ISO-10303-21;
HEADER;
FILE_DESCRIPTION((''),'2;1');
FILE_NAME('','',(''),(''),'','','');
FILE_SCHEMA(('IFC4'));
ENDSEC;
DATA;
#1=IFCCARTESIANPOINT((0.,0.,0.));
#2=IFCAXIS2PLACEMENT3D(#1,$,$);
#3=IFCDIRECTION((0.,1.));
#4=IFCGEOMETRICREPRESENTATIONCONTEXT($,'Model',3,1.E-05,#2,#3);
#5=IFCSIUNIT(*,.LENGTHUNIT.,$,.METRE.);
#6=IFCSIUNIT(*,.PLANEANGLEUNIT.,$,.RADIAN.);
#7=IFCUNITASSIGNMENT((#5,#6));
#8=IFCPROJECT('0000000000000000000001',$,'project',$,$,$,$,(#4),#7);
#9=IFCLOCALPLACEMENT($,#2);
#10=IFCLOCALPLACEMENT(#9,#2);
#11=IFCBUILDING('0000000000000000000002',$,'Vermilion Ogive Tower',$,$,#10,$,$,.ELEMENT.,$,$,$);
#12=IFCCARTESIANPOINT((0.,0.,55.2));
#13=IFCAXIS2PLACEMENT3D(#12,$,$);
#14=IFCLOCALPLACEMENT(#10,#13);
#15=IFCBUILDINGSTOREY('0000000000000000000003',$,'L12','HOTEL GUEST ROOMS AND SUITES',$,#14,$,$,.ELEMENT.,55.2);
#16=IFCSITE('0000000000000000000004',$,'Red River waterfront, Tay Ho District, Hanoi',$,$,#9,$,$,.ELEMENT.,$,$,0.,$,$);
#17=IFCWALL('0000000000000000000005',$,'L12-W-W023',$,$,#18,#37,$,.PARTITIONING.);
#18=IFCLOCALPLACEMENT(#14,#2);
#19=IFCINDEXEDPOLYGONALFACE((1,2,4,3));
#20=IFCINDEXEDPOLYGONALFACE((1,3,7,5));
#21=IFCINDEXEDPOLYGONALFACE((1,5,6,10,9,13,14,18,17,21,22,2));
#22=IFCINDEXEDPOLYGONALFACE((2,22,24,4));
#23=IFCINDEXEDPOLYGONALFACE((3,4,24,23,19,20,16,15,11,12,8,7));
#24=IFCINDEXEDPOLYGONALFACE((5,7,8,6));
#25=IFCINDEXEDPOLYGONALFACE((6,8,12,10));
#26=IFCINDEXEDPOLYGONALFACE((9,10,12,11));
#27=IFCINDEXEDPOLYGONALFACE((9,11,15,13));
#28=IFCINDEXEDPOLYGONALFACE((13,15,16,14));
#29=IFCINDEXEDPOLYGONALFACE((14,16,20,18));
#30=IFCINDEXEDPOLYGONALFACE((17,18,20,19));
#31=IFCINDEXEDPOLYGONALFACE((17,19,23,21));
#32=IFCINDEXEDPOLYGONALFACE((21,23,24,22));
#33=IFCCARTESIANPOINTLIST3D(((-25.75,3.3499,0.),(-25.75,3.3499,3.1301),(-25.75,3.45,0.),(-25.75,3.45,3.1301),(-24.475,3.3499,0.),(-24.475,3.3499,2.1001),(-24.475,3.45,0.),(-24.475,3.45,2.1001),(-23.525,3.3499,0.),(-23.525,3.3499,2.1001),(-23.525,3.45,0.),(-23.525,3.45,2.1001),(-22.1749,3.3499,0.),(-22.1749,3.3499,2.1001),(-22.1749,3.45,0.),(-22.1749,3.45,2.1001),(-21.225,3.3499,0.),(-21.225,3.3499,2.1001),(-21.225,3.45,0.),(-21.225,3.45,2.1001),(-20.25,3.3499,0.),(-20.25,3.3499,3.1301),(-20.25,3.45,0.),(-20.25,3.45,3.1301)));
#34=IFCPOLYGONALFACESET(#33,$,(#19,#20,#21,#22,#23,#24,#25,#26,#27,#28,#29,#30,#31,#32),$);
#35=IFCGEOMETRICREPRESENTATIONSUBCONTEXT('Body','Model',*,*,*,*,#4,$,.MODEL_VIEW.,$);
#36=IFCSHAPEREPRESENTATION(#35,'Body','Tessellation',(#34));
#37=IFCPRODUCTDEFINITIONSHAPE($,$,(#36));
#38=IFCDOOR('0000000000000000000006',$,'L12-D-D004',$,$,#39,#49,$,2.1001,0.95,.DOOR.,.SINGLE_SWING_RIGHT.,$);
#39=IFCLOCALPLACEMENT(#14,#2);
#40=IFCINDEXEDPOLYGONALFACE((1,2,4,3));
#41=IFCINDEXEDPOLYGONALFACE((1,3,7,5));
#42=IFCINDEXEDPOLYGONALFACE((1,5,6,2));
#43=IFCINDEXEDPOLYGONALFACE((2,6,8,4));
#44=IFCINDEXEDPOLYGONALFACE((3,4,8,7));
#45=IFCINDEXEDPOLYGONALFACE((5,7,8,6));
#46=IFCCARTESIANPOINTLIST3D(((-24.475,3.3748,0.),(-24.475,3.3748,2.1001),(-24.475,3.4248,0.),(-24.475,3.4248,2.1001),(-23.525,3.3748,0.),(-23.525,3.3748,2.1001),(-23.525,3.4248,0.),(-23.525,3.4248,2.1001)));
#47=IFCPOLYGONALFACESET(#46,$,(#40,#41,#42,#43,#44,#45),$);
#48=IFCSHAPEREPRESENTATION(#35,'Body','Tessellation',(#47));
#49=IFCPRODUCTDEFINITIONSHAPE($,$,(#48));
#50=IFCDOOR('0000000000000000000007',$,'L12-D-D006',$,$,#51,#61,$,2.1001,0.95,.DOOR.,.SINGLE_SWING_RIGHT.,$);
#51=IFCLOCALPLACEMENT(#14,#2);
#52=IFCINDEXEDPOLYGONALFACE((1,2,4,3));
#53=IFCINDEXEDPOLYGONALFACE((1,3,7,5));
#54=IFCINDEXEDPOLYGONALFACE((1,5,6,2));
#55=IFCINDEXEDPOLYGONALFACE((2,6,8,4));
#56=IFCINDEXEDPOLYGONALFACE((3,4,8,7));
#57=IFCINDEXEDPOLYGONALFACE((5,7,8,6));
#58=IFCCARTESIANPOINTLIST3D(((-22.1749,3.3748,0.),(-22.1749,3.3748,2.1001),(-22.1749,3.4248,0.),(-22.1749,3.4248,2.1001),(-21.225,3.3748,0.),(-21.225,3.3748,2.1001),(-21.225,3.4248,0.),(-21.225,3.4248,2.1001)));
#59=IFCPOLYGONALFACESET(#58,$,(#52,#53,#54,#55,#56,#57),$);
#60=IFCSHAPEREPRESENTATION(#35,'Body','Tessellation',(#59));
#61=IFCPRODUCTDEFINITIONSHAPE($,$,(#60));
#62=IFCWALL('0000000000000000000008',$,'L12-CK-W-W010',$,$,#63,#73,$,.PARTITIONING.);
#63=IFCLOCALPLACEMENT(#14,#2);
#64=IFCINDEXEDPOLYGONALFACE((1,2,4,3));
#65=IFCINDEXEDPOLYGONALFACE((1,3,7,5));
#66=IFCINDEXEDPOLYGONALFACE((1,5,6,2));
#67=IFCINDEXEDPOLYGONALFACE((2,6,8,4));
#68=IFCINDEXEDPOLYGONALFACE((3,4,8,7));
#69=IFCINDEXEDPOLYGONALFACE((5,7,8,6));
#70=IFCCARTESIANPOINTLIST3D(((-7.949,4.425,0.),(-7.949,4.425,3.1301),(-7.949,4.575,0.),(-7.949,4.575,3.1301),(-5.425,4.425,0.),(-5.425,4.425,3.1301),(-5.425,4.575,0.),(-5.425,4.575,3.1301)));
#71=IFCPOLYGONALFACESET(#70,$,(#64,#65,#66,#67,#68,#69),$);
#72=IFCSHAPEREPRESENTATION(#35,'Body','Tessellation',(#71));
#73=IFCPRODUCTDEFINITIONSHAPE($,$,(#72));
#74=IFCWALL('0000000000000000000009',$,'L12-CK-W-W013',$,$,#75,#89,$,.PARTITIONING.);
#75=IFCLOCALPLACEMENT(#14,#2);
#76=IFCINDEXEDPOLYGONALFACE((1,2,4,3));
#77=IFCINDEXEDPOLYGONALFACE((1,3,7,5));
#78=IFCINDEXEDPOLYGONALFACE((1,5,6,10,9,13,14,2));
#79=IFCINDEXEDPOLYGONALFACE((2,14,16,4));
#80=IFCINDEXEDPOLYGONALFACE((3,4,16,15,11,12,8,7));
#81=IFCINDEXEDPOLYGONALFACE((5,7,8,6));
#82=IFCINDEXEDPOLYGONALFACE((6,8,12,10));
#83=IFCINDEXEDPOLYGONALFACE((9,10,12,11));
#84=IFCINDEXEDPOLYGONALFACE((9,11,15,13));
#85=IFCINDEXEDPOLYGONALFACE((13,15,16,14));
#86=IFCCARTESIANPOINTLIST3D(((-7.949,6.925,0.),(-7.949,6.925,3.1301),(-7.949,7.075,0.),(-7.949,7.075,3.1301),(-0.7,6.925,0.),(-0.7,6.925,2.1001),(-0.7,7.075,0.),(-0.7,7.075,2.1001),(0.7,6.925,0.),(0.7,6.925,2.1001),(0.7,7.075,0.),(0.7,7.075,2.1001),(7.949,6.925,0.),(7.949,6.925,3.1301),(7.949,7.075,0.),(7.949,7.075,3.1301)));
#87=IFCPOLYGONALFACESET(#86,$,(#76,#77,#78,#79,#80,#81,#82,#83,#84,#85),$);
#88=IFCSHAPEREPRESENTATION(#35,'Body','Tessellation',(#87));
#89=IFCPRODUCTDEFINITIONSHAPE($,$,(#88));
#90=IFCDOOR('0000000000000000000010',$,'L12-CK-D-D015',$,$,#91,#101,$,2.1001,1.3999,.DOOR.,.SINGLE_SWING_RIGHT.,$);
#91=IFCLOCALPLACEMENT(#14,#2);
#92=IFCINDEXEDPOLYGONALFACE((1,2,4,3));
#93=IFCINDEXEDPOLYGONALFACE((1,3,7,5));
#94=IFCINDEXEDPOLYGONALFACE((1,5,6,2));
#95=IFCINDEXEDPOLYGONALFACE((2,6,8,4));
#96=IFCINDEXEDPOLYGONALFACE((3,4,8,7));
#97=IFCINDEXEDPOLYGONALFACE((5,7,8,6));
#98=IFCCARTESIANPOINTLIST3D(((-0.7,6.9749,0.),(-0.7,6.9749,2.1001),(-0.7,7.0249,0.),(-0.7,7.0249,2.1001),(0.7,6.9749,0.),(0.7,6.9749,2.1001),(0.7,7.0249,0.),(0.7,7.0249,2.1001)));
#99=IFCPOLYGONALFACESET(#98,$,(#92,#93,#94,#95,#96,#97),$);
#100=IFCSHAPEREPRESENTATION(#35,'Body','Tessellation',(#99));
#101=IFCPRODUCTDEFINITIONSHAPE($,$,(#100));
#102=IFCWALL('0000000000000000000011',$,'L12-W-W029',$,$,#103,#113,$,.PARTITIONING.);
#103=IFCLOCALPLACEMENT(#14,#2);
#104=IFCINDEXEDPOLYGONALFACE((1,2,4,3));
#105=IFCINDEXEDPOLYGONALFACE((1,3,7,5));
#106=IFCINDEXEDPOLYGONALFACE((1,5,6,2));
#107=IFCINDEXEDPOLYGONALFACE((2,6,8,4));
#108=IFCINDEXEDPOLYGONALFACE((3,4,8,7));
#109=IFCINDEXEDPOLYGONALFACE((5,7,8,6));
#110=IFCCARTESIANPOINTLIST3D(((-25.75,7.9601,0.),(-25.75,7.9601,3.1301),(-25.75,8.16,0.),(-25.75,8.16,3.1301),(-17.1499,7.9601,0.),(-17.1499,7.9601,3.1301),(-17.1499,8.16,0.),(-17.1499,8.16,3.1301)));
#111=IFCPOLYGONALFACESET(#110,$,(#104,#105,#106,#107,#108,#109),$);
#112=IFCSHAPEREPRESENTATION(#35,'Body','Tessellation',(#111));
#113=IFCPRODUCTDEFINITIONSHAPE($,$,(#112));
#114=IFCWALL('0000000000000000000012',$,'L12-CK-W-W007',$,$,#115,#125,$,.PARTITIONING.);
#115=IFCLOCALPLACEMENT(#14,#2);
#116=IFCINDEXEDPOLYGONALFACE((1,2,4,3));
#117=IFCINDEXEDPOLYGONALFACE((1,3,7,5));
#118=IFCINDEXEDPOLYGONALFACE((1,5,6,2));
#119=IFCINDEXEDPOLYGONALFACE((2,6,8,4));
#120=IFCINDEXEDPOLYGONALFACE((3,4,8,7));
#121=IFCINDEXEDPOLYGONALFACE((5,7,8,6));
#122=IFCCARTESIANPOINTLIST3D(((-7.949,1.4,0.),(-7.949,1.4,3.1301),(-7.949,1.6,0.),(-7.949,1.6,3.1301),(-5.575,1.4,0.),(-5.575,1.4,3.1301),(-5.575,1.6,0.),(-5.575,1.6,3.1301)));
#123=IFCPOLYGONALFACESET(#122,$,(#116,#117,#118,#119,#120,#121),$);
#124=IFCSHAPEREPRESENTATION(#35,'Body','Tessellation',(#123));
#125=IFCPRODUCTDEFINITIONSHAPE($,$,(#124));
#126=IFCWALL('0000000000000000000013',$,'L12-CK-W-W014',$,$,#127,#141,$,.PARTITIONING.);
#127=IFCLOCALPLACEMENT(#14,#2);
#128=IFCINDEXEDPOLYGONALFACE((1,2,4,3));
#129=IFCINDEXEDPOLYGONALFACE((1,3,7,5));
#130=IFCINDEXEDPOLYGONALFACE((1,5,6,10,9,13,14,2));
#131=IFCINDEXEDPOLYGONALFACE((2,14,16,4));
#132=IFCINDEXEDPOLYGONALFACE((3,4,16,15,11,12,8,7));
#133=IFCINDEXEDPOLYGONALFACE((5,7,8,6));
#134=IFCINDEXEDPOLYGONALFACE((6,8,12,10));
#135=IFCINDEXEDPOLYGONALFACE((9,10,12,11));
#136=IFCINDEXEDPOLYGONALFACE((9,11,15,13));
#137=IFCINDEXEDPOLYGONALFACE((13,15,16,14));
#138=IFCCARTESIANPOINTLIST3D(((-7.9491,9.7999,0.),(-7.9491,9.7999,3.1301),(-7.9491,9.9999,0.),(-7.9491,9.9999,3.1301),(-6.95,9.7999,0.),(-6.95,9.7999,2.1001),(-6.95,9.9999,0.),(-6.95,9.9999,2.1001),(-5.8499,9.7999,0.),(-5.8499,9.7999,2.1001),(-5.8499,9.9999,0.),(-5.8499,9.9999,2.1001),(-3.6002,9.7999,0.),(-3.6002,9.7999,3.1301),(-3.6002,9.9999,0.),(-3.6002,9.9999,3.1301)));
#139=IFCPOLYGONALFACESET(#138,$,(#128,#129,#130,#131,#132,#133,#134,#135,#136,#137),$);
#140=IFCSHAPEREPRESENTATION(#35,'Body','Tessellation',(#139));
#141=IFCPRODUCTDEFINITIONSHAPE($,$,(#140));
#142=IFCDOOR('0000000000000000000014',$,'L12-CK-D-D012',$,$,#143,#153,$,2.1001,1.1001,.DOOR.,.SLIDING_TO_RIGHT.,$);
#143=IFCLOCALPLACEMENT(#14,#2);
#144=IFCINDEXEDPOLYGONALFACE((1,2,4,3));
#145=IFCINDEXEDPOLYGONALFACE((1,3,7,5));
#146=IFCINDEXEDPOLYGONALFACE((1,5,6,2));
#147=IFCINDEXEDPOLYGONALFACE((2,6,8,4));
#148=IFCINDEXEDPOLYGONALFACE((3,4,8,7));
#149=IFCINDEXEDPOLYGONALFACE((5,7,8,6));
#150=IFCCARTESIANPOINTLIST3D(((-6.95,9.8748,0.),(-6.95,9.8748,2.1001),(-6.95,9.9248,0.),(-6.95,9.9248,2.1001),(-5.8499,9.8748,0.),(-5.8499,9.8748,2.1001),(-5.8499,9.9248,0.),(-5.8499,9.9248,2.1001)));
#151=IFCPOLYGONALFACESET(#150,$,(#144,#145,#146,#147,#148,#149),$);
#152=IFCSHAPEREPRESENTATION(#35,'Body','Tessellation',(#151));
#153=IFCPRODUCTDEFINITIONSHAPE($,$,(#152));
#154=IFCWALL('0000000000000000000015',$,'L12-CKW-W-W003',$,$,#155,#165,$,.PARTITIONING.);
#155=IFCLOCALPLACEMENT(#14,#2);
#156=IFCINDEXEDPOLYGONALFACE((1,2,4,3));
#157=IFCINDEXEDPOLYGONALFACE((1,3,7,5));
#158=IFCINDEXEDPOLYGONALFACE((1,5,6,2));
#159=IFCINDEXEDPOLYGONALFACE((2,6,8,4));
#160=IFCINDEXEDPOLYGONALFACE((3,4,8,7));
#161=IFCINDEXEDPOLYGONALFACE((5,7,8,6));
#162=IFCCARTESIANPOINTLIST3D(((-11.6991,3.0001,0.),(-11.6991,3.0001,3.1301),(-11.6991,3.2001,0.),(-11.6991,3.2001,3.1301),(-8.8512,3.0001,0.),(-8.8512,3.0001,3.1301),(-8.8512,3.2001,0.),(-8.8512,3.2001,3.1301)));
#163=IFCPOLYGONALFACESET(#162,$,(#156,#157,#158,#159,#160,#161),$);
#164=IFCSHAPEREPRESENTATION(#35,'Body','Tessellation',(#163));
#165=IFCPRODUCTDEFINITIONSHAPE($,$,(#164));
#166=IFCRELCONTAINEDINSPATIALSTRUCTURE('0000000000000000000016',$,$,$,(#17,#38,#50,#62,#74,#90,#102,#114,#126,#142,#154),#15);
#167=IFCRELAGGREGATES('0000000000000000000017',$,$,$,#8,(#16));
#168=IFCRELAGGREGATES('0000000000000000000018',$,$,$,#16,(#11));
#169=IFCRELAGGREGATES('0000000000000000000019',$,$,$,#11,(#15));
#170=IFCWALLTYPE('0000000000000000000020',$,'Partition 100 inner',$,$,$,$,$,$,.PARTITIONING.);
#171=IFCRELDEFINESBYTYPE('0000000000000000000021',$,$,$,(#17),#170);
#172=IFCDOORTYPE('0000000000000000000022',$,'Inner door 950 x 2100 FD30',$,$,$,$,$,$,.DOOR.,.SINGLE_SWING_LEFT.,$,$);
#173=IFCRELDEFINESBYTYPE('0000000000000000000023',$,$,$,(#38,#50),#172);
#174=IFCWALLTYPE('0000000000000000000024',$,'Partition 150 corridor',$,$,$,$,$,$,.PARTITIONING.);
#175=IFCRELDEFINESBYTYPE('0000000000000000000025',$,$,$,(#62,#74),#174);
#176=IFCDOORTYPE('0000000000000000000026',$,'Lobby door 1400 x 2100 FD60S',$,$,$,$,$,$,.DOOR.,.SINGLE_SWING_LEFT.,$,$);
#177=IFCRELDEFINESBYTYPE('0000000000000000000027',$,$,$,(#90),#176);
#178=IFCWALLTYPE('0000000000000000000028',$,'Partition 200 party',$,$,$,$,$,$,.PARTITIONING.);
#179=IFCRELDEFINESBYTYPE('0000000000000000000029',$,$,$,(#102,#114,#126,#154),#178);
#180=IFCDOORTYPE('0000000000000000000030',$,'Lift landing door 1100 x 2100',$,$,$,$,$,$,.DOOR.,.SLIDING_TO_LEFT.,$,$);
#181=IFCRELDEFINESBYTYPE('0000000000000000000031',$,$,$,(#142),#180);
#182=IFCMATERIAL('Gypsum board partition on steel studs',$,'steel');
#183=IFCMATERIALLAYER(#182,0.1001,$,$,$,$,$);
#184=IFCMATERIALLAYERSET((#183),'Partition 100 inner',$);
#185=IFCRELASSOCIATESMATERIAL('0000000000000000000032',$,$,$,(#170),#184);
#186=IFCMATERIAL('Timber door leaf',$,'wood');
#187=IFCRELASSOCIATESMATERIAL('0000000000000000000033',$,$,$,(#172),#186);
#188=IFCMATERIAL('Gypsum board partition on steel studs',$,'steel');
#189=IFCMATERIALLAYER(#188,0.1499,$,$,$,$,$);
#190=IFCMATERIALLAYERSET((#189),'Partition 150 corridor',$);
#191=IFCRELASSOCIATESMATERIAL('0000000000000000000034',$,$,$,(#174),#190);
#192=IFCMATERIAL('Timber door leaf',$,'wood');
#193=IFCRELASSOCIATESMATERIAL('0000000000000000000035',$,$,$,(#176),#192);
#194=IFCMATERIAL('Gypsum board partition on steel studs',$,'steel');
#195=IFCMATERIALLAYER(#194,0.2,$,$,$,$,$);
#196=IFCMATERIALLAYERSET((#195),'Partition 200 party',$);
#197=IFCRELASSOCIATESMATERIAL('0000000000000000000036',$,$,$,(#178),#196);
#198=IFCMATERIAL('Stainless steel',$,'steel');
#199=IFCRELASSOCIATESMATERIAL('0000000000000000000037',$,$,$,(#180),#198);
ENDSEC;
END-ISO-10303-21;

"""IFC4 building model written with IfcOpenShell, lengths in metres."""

from ifc_helpers import new_model, si_unit, direction, frame, frame_2d, origin, place, context, subcontext, project, spatial, rectangle, extrude, material, layer, layer_set, type_object, element, fill, save


model = new_model("IFC4")

# Units and contexts
model_context = context("Model", 3, precision=1e-05, world=origin(), true_north=direction((0.0, 1.0)))
body_context = subcontext(model_context, "Body", "Model", "MODEL_VIEW")
ifc_project = project(units=[si_unit("LENGTHUNIT", "METRE"), si_unit("PLANEANGLEUNIT", "RADIAN")], contexts=[model_context])

# Site, building, storey
site_placement = place(None, origin())
site = spatial("IfcSite", under=ifc_project, at=site_placement, Name="Red River waterfront, Tay Ho District, Hanoi", CompositionType="ELEMENT", RefElevation=0.0)
building_placement = place(site_placement, origin())
building = spatial("IfcBuilding", under=site, at=building_placement, Name="Vermilion Ogive Tower", CompositionType="ELEMENT")
storey_placement = place(building_placement, frame((0.0, 0.0, 55.2)))
storey = spatial("IfcBuildingStorey", under=building, at=storey_placement, Name="L12", Description="HOTEL GUEST ROOMS AND SUITES", CompositionType="ELEMENT", Elevation=55.2)

# Wall, openings, doors
ifc_material_1 = material(Name="Gypsum board partition on steel studs", Category="steel")
ifc_layer_1 = layer(ifc_material_1, 0.1001)
ifc_layer_set_1 = layer_set([ifc_layer_1], Name="Partition 100 inner")
wall_type_1 = type_object("IfcWallType", Name="Partition 100 inner", PredefinedType="PARTITIONING", material=ifc_layer_set_1)
wall_1_placement = place(storey_placement, frame((-25.75, 3.3999, 0.0), z_axis=(0.0, 0.0, 1.0), x_axis=(1.0, 0.0, 0.0)))
wall_1 = element("IfcWall", 1, at=wall_1_placement, inside=storey, type_object=wall_type_1, Name="L12-W-W023", PredefinedType="PARTITIONING", context=body_context, shape_type="SweptSolid", body=[
    extrude(rectangle(XDim=5.5, YDim=0.1001, at=frame_2d((2.75, 0.0))), origin(), (0.0, 0.0, 1.0), 3.1301),
])
opening_1_placement = place(wall_1_placement, frame((1.2749, 0.0, 0.0)))
opening_1 = element("IfcOpeningElement", 2, at=opening_1_placement, cuts=wall_1, PredefinedType="OPENING", context=body_context, shape_type="SweptSolid", body=[
    extrude(rectangle(XDim=0.95, YDim=2.1001, at=frame_2d((0.4751, 1.05))), frame((0.0, 0.0601, 0.0), z_axis=(0.0, -1.0, 0.0), x_axis=(1.0, 0.0, 0.0)), (0.0, 0.0, 1.0), 0.1201),
])
opening_2_placement = place(wall_1_placement, frame((3.575, 0.0, 0.0)))
opening_2 = element("IfcOpeningElement", 3, at=opening_2_placement, cuts=wall_1, PredefinedType="OPENING", context=body_context, shape_type="SweptSolid", body=[
    extrude(rectangle(XDim=0.95, YDim=2.1001, at=frame_2d((0.4751, 1.05))), frame((0.0, 0.0601, 0.0), z_axis=(0.0, -1.0, 0.0), x_axis=(1.0, 0.0, 0.0)), (0.0, 0.0, 1.0), 0.1201),
])
ifc_material_2 = material(Name="Timber door leaf", Category="wood")
door_type_1 = type_object("IfcDoorType", Name="Inner door 950 x 2100 FD30", OperationType="SINGLE_SWING_LEFT", PredefinedType="DOOR", material=ifc_material_2)
door_1_placement = place(opening_1_placement, origin())
door_1 = element("IfcDoor", 4, at=door_1_placement, inside=storey, type_object=door_type_1, Name="L12-D-D004", OperationType="SINGLE_SWING_RIGHT", OverallHeight=2.1001, OverallWidth=0.95, PredefinedType="DOOR", context=body_context, shape_type="SweptSolid", body=[
    extrude(rectangle(XDim=0.95, YDim=2.1001, at=frame_2d((0.4751, 1.05))), frame((0.0, 0.0249, 0.0), z_axis=(0.0, -1.0, 0.0), x_axis=(1.0, 0.0, 0.0)), (0.0, 0.0, 1.0), 0.05),
])
fill(opening_1, door_1)
door_2_placement = place(opening_2_placement, origin())
door_2 = element("IfcDoor", 5, at=door_2_placement, inside=storey, type_object=door_type_1, Name="L12-D-D006", OperationType="SINGLE_SWING_RIGHT", OverallHeight=2.1001, OverallWidth=0.95, PredefinedType="DOOR", context=body_context, shape_type="SweptSolid", body=[
    extrude(rectangle(XDim=0.95, YDim=2.1001, at=frame_2d((0.4751, 1.05))), frame((0.0, 0.0249, 0.0), z_axis=(0.0, -1.0, 0.0), x_axis=(1.0, 0.0, 0.0)), (0.0, 0.0, 1.0), 0.05),
])
fill(opening_2, door_2)

# Wall
ifc_material_3 = material(Name="Gypsum board partition on steel studs", Category="steel")
ifc_layer_2 = layer(ifc_material_3, 0.1499)
ifc_layer_set_2 = layer_set([ifc_layer_2], Name="Partition 150 corridor")
wall_type_2 = type_object("IfcWallType", Name="Partition 150 corridor", PredefinedType="PARTITIONING", material=ifc_layer_set_2)
wall_2_placement = place(storey_placement, frame((-7.949, 4.5, 0.0), z_axis=(0.0, 0.0, 1.0), x_axis=(1.0, 0.0, 0.0)))
element("IfcWall", 6, at=wall_2_placement, inside=storey, type_object=wall_type_2, Name="L12-CK-W-W010", PredefinedType="PARTITIONING", context=body_context, shape_type="SweptSolid", body=[
    extrude(rectangle(XDim=2.5239, YDim=0.1499, at=frame_2d((1.262, 0.0))), origin(), (0.0, 0.0, 1.0), 3.1301),
])

# Wall, opening, door
wall_3_placement = place(storey_placement, frame((-7.949, 7.0, 0.0), z_axis=(0.0, 0.0, 1.0), x_axis=(1.0, 0.0, 0.0)))
wall_3 = element("IfcWall", 7, at=wall_3_placement, inside=storey, type_object=wall_type_2, Name="L12-CK-W-W013", PredefinedType="PARTITIONING", context=body_context, shape_type="SweptSolid", body=[
    extrude(rectangle(XDim=15.8979, YDim=0.1499, at=frame_2d((7.949, 0.0))), origin(), (0.0, 0.0, 1.0), 3.1301),
])
opening_3_placement = place(wall_3_placement, frame((7.249, 0.0, 0.0)))
opening_3 = element("IfcOpeningElement", 8, at=opening_3_placement, cuts=wall_3, PredefinedType="OPENING", context=body_context, shape_type="SweptSolid", body=[
    extrude(rectangle(XDim=1.3999, YDim=2.1001, at=frame_2d((0.7, 1.05))), frame((0.0, 0.085, 0.0), z_axis=(0.0, -1.0, 0.0), x_axis=(1.0, 0.0, 0.0)), (0.0, 0.0, 1.0), 0.1699),
])
ifc_material_4 = material(Name="Timber door leaf", Category="wood")
door_type_2 = type_object("IfcDoorType", Name="Lobby door 1400 x 2100 FD60S", OperationType="SINGLE_SWING_LEFT", PredefinedType="DOOR", material=ifc_material_4)
door_3_placement = place(opening_3_placement, origin())
door_3 = element("IfcDoor", 9, at=door_3_placement, inside=storey, type_object=door_type_2, Name="L12-CK-D-D015", OperationType="SINGLE_SWING_RIGHT", OverallHeight=2.1001, OverallWidth=1.3999, PredefinedType="DOOR", context=body_context, shape_type="SweptSolid", body=[
    extrude(rectangle(XDim=1.3999, YDim=2.1001, at=frame_2d((0.7, 1.05))), frame((0.0, 0.0249, 0.0), z_axis=(0.0, -1.0, 0.0), x_axis=(1.0, 0.0, 0.0)), (0.0, 0.0, 1.0), 0.05),
])
fill(opening_3, door_3)

# Walls
ifc_material_5 = material(Name="Gypsum board partition on steel studs", Category="steel")
ifc_layer_3 = layer(ifc_material_5, 0.2)
ifc_layer_set_3 = layer_set([ifc_layer_3], Name="Partition 200 party")
wall_type_3 = type_object("IfcWallType", Name="Partition 200 party", PredefinedType="PARTITIONING", material=ifc_layer_set_3)
wall_4_placement = place(storey_placement, frame((-25.75, 8.0601, 0.0), z_axis=(0.0, 0.0, 1.0), x_axis=(1.0, 0.0, 0.0)))
element("IfcWall", 10, at=wall_4_placement, inside=storey, type_object=wall_type_3, Name="L12-W-W029", PredefinedType="PARTITIONING", context=body_context, shape_type="SweptSolid", body=[
    extrude(rectangle(XDim=8.6001, YDim=0.2, at=frame_2d((4.3, 0.0))), origin(), (0.0, 0.0, 1.0), 3.1301),
])
wall_5_placement = place(storey_placement, frame((-7.949, 1.5, 0.0), z_axis=(0.0, 0.0, 1.0), x_axis=(1.0, 0.0, 0.0)))
element("IfcWall", 11, at=wall_5_placement, inside=storey, type_object=wall_type_3, Name="L12-CK-W-W007", PredefinedType="PARTITIONING", context=body_context, shape_type="SweptSolid", body=[
    extrude(rectangle(XDim=2.374, YDim=0.2, at=frame_2d((1.187, 0.0))), origin(), (0.0, 0.0, 1.0), 3.1301),
])

# Wall, opening, door
wall_6_placement = place(storey_placement, frame((-7.949, 9.8999, 0.0), z_axis=(0.0, 0.0, 1.0), x_axis=(1.0, 0.0, 0.0)))
wall_6 = element("IfcWall", 12, at=wall_6_placement, inside=storey, type_object=wall_type_3, Name="L12-CK-W-W014", PredefinedType="PARTITIONING", context=body_context, shape_type="SweptSolid", body=[
    extrude(rectangle(XDim=4.3489, YDim=0.2, at=frame_2d((2.1743, 0.0))), origin(), (0.0, 0.0, 1.0), 3.1301),
])
opening_4_placement = place(wall_6_placement, frame((0.999, 0.0, 0.0)))
opening_4 = element("IfcOpeningElement", 13, at=opening_4_placement, cuts=wall_6, PredefinedType="OPENING", context=body_context, shape_type="SweptSolid", body=[
    extrude(rectangle(XDim=1.1001, YDim=2.1001, at=frame_2d((0.55, 1.05))), frame((0.0, 0.1099, 0.0), z_axis=(0.0, -1.0, 0.0), x_axis=(1.0, 0.0, 0.0)), (0.0, 0.0, 1.0), 0.22),
])
ifc_material_6 = material(Name="Stainless steel", Category="steel")
door_type_3 = type_object("IfcDoorType", Name="Lift landing door 1100 x 2100", OperationType="SLIDING_TO_LEFT", PredefinedType="DOOR", material=ifc_material_6)
door_4_placement = place(opening_4_placement, origin())
door_4 = element("IfcDoor", 14, at=door_4_placement, inside=storey, type_object=door_type_3, Name="L12-CK-D-D012", OperationType="SLIDING_TO_RIGHT", OverallHeight=2.1001, OverallWidth=1.1001, PredefinedType="DOOR", context=body_context, shape_type="SweptSolid", body=[
    extrude(rectangle(XDim=1.1001, YDim=2.1001, at=frame_2d((0.55, 1.05))), frame((0.0, 0.0249, 0.0), z_axis=(0.0, -1.0, 0.0), x_axis=(1.0, 0.0, 0.0)), (0.0, 0.0, 1.0), 0.05),
])
fill(opening_4, door_4)

# Wall
wall_7_placement = place(storey_placement, frame((-11.699, 3.1001, 0.0), z_axis=(0.0, 0.0, 1.0), x_axis=(1.0, 0.0, 0.0)))
element("IfcWall", 15, at=wall_7_placement, inside=storey, type_object=wall_type_3, Name="L12-CKW-W-W003", PredefinedType="PARTITIONING", context=body_context, shape_type="SweptSolid", body=[
    extrude(rectangle(XDim=2.8479, YDim=0.2, at=frame_2d((1.4238, 0.0))), origin(), (0.0, 0.0, 1.0), 3.1301),
])

save(model, "model.ifc")
